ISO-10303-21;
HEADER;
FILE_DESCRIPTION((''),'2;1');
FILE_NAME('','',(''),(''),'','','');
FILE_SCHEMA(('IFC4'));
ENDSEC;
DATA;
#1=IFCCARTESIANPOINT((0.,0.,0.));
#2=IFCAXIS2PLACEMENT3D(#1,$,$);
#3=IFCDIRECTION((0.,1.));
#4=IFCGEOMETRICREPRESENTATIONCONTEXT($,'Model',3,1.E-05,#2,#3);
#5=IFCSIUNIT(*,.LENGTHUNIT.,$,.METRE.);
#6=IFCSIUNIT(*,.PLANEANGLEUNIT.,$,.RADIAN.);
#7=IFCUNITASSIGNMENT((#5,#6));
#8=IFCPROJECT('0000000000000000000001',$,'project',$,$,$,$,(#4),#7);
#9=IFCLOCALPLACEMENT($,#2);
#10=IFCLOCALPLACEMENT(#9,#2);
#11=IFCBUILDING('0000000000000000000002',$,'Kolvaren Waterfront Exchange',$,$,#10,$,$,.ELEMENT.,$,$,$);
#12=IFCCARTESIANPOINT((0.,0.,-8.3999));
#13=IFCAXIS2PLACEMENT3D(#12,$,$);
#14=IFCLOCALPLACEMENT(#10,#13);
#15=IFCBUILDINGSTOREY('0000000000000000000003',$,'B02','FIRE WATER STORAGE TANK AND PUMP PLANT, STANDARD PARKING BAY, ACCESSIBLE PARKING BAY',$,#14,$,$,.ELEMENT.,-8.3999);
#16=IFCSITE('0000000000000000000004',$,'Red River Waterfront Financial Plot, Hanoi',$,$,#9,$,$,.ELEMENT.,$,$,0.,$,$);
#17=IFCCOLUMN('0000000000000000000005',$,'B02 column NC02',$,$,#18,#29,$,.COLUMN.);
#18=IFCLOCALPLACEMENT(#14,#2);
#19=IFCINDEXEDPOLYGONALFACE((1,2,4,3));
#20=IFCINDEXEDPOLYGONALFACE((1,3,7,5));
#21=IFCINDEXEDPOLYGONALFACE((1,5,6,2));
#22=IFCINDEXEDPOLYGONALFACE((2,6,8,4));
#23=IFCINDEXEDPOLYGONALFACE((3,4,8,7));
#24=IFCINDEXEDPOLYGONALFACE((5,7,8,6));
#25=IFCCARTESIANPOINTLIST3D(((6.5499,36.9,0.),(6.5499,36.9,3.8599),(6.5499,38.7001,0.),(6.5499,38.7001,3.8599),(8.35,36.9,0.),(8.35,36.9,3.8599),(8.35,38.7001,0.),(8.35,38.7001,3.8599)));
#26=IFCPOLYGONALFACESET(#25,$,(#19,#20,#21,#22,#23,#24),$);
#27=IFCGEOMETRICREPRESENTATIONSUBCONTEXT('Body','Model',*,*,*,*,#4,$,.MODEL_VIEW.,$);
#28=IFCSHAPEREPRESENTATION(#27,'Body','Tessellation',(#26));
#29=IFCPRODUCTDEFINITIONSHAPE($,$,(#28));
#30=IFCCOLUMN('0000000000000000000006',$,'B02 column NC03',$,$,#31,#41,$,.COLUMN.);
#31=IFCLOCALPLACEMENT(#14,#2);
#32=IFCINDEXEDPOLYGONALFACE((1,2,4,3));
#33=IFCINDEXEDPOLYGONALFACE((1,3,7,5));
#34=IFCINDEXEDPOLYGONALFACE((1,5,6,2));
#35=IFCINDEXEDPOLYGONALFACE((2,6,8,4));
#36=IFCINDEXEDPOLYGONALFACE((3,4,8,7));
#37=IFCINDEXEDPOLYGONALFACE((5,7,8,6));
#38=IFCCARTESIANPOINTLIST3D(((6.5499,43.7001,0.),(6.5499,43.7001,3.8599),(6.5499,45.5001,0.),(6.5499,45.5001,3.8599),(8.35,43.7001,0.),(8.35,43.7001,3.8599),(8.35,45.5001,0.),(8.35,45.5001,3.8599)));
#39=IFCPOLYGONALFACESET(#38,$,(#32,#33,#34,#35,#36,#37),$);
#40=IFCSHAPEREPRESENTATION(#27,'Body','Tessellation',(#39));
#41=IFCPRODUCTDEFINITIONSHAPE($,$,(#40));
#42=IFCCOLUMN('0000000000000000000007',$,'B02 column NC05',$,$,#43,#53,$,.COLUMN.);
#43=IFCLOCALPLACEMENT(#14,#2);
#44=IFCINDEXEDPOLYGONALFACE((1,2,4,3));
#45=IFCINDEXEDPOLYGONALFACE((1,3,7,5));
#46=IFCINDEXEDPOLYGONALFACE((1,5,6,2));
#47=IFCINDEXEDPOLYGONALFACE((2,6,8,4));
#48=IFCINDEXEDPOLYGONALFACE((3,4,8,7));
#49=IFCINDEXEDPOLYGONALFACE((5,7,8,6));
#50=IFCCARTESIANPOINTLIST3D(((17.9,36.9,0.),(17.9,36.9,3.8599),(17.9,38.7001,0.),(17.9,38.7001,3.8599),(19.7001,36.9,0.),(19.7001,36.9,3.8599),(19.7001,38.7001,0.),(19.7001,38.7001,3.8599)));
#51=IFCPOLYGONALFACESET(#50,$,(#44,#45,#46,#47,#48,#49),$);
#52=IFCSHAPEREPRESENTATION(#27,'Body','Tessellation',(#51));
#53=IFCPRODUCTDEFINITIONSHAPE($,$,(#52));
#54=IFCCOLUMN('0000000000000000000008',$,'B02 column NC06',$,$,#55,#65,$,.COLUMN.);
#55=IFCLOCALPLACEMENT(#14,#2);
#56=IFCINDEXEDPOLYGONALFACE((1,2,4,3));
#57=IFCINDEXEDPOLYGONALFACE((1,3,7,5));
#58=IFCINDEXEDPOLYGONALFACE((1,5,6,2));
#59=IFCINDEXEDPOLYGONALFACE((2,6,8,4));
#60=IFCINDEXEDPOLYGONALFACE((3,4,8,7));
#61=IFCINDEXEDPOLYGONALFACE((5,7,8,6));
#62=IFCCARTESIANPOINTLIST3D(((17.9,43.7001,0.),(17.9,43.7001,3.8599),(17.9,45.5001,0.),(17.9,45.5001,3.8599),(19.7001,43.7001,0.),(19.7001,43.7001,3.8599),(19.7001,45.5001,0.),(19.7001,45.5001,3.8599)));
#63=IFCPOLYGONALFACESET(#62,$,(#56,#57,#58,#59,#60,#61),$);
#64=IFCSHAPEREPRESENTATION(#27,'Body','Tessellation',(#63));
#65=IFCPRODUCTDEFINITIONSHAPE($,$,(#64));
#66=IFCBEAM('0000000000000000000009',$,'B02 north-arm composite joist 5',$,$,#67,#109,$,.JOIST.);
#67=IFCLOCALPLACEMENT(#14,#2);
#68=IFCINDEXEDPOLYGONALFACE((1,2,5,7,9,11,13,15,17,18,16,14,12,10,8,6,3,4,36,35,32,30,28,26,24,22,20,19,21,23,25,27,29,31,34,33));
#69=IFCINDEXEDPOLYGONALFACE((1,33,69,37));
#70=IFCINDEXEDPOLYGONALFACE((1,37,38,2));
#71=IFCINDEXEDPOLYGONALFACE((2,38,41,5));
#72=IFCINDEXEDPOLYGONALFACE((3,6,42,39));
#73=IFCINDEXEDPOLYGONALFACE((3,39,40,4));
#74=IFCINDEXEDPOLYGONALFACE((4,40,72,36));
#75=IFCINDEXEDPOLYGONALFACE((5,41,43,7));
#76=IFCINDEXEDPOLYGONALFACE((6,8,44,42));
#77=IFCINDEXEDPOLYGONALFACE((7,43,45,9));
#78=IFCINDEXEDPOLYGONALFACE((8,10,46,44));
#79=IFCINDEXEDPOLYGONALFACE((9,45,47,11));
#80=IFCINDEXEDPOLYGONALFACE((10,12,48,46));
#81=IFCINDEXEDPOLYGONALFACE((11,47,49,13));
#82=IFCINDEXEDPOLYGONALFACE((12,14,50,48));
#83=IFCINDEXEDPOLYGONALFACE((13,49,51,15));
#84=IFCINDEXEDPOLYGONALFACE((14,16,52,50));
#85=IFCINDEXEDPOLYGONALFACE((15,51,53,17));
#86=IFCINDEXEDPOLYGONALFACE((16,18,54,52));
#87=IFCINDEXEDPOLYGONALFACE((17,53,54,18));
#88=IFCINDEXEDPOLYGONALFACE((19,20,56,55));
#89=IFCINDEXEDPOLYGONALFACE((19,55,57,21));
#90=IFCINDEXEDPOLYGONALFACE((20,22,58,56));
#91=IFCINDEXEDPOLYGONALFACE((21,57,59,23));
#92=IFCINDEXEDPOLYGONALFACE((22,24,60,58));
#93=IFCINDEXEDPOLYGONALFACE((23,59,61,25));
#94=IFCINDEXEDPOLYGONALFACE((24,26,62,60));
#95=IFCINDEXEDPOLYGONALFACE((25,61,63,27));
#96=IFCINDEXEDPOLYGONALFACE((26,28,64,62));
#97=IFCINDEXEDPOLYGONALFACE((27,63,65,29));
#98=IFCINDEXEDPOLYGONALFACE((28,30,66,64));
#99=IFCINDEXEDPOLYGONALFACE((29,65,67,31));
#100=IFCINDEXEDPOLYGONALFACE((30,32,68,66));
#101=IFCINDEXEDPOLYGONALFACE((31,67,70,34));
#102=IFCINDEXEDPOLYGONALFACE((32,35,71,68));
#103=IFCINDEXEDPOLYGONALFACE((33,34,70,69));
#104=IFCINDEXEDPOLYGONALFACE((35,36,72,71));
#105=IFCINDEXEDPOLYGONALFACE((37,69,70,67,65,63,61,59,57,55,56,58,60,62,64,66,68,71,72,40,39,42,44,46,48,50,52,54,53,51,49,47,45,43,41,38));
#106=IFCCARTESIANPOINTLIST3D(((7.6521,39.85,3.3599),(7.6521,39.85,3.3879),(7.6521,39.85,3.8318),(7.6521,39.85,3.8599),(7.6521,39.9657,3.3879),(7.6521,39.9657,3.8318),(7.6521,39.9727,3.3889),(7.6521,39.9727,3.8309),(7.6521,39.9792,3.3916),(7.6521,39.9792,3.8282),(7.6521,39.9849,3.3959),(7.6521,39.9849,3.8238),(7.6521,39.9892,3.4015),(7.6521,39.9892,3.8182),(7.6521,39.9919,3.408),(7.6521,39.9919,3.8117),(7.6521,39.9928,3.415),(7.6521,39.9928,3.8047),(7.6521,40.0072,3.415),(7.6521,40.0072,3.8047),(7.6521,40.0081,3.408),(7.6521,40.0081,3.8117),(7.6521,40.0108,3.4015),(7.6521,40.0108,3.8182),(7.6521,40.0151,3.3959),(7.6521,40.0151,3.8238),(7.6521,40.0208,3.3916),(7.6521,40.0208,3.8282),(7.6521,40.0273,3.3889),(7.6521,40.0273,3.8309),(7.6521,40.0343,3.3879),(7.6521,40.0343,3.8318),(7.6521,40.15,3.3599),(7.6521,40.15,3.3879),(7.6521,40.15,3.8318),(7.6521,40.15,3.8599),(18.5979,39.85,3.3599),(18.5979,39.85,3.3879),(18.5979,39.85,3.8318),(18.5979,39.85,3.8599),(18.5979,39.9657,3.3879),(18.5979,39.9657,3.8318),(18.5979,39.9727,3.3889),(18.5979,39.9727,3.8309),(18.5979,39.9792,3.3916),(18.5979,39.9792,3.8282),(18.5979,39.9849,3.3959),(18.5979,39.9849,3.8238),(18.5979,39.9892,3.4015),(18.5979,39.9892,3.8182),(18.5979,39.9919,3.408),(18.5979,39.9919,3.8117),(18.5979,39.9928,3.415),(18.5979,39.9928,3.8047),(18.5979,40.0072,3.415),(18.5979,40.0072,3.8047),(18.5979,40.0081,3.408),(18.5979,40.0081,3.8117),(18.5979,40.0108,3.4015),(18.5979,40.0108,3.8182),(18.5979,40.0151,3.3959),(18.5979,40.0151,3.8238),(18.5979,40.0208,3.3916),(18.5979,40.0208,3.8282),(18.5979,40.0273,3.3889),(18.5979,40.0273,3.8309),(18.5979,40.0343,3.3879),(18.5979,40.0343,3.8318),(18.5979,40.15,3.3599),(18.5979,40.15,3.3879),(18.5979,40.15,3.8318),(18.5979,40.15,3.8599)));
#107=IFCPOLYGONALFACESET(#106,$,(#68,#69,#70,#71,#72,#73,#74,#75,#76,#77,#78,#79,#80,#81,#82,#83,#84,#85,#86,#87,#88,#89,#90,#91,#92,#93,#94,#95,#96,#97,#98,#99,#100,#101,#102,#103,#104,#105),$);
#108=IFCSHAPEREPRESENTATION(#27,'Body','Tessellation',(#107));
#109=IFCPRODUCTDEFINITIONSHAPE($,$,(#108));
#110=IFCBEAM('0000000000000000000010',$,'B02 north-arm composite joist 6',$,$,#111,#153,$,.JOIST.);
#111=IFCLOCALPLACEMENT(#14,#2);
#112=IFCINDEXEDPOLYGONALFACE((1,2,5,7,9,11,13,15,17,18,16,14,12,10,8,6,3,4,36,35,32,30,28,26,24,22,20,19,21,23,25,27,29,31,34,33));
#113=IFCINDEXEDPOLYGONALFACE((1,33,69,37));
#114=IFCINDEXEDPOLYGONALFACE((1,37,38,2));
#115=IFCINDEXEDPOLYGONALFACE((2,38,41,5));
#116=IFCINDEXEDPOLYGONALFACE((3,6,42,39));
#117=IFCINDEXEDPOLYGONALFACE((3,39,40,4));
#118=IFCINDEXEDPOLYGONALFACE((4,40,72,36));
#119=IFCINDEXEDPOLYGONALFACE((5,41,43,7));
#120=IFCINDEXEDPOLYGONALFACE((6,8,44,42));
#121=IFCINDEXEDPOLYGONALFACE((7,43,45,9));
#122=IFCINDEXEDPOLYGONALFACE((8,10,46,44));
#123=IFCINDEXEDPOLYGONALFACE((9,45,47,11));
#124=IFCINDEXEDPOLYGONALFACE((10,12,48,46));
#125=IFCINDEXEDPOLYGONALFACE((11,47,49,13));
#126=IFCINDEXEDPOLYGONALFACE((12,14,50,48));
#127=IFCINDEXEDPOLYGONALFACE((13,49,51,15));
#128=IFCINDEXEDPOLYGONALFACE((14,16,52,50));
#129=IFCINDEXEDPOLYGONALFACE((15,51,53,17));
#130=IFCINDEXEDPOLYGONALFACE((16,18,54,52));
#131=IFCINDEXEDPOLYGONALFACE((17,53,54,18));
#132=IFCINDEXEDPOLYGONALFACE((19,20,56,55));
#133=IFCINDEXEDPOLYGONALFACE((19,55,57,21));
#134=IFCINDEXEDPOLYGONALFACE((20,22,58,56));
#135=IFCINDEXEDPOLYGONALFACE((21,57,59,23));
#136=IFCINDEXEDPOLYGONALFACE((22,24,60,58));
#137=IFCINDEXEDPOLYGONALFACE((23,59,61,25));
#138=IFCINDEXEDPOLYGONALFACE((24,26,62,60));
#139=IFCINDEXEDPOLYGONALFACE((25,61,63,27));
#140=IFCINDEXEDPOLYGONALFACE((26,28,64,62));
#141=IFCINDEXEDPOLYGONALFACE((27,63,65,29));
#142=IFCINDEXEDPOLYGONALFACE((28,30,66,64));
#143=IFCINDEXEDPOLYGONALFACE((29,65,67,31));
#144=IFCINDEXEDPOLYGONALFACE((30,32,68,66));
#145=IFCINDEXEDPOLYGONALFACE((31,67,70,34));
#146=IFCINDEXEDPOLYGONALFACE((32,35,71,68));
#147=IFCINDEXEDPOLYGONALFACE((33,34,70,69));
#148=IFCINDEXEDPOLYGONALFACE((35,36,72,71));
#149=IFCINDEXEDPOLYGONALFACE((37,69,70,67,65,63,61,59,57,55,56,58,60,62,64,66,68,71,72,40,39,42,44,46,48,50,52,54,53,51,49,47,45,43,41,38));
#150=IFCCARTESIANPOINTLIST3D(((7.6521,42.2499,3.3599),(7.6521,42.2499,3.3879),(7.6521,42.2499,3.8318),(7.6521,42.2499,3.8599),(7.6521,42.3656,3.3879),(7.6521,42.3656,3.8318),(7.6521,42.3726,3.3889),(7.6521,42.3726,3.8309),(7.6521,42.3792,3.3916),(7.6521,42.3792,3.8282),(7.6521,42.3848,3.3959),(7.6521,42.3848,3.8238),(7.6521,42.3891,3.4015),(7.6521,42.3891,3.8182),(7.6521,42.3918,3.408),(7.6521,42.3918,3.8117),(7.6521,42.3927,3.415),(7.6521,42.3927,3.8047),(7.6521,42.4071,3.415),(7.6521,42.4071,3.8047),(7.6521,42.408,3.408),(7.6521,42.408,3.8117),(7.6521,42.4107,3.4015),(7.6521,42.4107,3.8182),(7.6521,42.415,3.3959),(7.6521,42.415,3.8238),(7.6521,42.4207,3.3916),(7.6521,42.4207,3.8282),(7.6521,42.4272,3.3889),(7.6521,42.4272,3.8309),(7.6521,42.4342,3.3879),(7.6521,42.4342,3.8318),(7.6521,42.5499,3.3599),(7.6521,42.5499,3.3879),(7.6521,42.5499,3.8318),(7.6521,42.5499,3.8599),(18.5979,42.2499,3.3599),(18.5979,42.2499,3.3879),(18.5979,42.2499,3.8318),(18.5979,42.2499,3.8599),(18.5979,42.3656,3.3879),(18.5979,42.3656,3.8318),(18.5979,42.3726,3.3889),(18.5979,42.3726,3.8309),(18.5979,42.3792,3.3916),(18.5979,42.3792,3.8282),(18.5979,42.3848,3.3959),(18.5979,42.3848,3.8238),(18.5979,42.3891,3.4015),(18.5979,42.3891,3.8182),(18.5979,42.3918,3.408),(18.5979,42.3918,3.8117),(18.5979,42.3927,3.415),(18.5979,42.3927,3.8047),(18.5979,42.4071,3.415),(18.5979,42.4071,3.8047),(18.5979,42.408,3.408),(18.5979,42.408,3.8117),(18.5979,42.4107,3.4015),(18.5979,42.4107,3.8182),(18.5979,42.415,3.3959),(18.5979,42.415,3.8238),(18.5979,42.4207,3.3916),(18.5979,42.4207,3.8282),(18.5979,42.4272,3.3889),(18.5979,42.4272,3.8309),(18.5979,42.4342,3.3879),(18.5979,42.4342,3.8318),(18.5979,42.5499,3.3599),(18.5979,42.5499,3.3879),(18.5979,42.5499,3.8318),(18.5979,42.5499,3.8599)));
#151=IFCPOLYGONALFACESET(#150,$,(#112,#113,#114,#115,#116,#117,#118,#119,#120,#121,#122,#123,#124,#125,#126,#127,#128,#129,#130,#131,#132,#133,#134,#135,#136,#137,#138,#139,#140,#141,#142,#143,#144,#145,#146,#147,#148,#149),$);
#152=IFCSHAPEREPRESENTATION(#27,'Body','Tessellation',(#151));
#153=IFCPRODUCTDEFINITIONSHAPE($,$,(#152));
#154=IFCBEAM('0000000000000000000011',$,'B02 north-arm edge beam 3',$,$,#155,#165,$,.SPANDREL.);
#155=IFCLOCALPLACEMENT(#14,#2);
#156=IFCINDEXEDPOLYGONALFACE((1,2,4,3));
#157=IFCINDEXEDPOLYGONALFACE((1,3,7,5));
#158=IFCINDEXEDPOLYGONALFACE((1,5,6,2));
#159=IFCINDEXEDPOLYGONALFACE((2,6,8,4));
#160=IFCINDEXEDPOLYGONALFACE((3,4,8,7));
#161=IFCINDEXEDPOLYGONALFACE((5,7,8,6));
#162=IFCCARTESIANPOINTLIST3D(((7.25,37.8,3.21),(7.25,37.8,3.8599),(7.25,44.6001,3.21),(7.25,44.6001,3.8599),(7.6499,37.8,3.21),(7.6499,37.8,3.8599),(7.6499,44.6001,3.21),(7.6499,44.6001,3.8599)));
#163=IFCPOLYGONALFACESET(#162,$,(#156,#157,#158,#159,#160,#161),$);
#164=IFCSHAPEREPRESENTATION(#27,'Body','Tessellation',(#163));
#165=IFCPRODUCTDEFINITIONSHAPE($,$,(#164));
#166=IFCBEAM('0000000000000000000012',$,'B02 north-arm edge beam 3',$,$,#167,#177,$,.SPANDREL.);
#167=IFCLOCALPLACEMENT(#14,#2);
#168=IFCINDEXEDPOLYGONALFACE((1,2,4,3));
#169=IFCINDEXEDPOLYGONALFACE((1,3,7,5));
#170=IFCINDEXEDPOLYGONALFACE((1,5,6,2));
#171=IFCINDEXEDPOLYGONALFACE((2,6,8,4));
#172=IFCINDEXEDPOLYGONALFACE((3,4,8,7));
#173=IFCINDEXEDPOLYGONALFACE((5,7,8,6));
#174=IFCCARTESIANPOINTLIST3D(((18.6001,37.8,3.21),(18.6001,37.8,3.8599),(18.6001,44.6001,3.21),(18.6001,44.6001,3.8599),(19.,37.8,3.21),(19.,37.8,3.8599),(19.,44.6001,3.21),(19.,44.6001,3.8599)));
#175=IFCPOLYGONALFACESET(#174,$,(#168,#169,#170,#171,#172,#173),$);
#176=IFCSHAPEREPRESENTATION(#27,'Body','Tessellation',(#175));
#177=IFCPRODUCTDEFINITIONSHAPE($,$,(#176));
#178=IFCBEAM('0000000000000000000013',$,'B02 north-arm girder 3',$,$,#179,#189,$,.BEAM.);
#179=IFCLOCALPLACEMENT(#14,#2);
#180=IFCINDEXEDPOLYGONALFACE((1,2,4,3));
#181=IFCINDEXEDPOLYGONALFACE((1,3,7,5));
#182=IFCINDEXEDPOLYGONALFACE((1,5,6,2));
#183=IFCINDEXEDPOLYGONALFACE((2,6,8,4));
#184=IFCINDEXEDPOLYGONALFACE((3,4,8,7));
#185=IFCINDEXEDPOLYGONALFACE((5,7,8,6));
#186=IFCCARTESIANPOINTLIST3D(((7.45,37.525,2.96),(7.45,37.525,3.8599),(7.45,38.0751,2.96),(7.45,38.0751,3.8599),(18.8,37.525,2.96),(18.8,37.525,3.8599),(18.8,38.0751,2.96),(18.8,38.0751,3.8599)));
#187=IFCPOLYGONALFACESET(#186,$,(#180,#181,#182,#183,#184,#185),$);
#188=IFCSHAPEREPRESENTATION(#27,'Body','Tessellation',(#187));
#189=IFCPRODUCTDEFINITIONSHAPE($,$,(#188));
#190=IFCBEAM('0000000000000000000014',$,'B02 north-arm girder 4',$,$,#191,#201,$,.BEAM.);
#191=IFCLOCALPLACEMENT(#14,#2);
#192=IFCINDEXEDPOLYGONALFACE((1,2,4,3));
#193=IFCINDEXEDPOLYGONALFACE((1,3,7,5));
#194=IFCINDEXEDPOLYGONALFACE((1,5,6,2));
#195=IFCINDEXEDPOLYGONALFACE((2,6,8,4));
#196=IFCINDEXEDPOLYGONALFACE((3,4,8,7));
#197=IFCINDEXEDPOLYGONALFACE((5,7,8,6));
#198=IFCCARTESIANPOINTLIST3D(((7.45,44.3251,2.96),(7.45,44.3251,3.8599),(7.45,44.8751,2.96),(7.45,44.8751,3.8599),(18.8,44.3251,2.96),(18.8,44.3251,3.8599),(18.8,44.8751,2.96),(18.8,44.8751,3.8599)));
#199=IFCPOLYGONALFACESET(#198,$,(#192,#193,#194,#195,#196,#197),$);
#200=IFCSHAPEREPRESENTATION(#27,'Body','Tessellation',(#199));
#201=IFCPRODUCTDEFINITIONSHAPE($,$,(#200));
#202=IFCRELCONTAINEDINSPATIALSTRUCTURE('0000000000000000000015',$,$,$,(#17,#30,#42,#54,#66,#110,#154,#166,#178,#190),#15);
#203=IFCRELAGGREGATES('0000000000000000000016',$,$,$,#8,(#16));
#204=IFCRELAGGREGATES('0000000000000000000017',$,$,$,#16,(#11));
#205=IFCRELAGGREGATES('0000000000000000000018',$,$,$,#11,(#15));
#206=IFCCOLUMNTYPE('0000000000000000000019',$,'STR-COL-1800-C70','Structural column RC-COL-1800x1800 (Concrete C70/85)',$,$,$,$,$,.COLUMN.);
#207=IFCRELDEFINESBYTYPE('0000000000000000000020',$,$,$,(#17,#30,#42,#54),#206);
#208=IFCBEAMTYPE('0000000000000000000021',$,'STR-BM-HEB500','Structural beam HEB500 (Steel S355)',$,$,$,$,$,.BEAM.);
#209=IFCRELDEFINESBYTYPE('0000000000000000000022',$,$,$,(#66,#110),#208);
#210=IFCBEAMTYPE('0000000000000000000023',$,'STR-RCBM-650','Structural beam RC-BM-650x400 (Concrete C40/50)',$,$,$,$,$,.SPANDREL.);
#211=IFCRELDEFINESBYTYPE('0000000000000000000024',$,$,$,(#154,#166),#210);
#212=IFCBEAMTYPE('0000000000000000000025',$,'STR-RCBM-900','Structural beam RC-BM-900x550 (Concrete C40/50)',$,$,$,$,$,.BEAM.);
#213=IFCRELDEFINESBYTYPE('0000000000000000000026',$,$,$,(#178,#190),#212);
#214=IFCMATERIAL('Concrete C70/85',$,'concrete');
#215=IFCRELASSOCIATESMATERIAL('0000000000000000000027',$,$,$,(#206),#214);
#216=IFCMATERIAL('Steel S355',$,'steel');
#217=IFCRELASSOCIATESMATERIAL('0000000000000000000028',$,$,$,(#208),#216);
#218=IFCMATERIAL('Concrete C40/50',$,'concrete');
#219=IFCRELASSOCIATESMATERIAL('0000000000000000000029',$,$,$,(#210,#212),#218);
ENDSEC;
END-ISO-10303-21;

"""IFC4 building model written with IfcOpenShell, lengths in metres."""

from ifc_helpers import new_model, si_unit, direction, frame, origin, origin_2d, place, context, subcontext, project, spatial, rectangle, i_section, extrude, material, material_profile, profile_set, type_object, element, save


model = new_model("IFC4")

# Units and contexts
model_context = context("Model", 3, precision=1e-05, world=origin(), true_north=direction((0.0, 1.0)))
body_context = subcontext(model_context, "Body", "Model", "MODEL_VIEW")
ifc_project = project(units=[si_unit("LENGTHUNIT", "METRE"), si_unit("PLANEANGLEUNIT", "RADIAN")], contexts=[model_context])

# Site, building, storey
site_placement = place(None, origin())
site = spatial("IfcSite", under=ifc_project, at=site_placement, Name="Red River Waterfront Financial Plot, Hanoi", CompositionType="ELEMENT", RefElevation=0.0)
building_placement = place(site_placement, origin())
building = spatial("IfcBuilding", under=site, at=building_placement, Name="Kolvaren Waterfront Exchange", CompositionType="ELEMENT")
storey_placement = place(building_placement, frame((0.0, 0.0, -8.3999)))
storey = spatial("IfcBuildingStorey", under=building, at=storey_placement, Name="B02", Description="FIRE WATER STORAGE TANK AND PUMP PLANT, STANDARD PARKING BAY, ACCESSIBLE PARKING BAY", CompositionType="ELEMENT", Elevation=-8.3999)

# Columns
ifc_material_1 = material(Name="Concrete C70/85", Category="concrete")
ifc_material_profile_1 = material_profile(ifc_material_1, rectangle(XDim=1.8, YDim=1.8, at=origin_2d()), Name="RC-COL-1800x1800")
ifc_profile_set_1 = profile_set([ifc_material_profile_1], Name="Concrete C70/85")
column_type_1 = type_object("IfcColumnType", Name="STR-COL-1800-C70", Description="Structural column RC-COL-1800x1800 (Concrete C70/85)", PredefinedType="COLUMN", material=ifc_profile_set_1)
for number, where, z_axis, x_axis, name in (
    (1, (7.45, 37.8, 0.0), (0.0, 0.0, 1.0), (1.0, 0.0, 0.0), "B02 column NC02"),
    (2, (7.45, 44.6001, 0.0), (0.0, 0.0, 1.0), (1.0, 0.0, 0.0), "B02 column NC03"),
    (3, (18.8, 37.8, 0.0), (0.0, 0.0, 1.0), (1.0, 0.0, 0.0), "B02 column NC05"),
    (4, (18.8, 44.6001, 0.0), (0.0, 0.0, 1.0), (1.0, 0.0, 0.0), "B02 column NC06"),
):
    element("IfcColumn", number, at=place(storey_placement, frame(where, z_axis=z_axis, x_axis=x_axis)), inside=storey, type_object=column_type_1, Name=name, PredefinedType="COLUMN", context=body_context, shape_type="SweptSolid", body=[
        extrude(rectangle(XDim=1.8, YDim=1.8, at=origin_2d()), origin(), (0.0, 0.0, 1.0), 3.8599),
    ])

# Beams
ifc_material_2 = material(Name="Steel S355", Category="steel")
ifc_material_profile_2 = material_profile(ifc_material_2, i_section(OverallWidth=0.3, OverallDepth=0.5, WebThickness=0.0144, FlangeThickness=0.0281, FilletRadius=0.0271, at=origin_2d()), Name="HEB500")
ifc_profile_set_2 = profile_set([ifc_material_profile_2], Name="Steel S355")
beam_type_1 = type_object("IfcBeamType", Name="STR-BM-HEB500", Description="Structural beam HEB500 (Steel S355)", PredefinedType="BEAM", material=ifc_profile_set_2)
for number, where, z_axis, x_axis, name in (
    (5, (7.6521, 40.0, 3.6099), (1.0, 0.0, 0.0), (0.0, 1.0, 0.0), "B02 north-arm composite joist 5"),
    (6, (7.6521, 42.3999, 3.6099), (1.0, 0.0, 0.0), (0.0, 1.0, 0.0), "B02 north-arm composite joist 6"),
):
    element("IfcBeam", number, at=place(storey_placement, frame(where, z_axis=z_axis, x_axis=x_axis)), inside=storey, type_object=beam_type_1, Name=name, PredefinedType="JOIST", context=body_context, shape_type="SweptSolid", body=[
        extrude(i_section(OverallWidth=0.3, OverallDepth=0.5, WebThickness=0.0144, FlangeThickness=0.0281, FilletRadius=0.0271, at=origin_2d()), origin(), (0.0, 0.0, 1.0), 10.9458),
    ])
ifc_material_3 = material(Name="Concrete C40/50", Category="concrete")
ifc_material_profile_3 = material_profile(ifc_material_3, rectangle(XDim=0.3999, YDim=0.6499, at=origin_2d()), Name="RC-BM-650x400")
ifc_profile_set_3 = profile_set([ifc_material_profile_3], Name="Concrete C40/50")
beam_type_2 = type_object("IfcBeamType", Name="STR-RCBM-650", Description="Structural beam RC-BM-650x400 (Concrete C40/50)", PredefinedType="SPANDREL", material=ifc_profile_set_3)
for number, where, z_axis, x_axis, name in (
    (7, (7.45, 37.8, 3.5349), (0.0, 1.0, 0.0), (-1.0, 0.0, 0.0), "B02 north-arm edge beam 3"),
    (8, (18.8, 37.8, 3.5349), (0.0, 1.0, 0.0), (-1.0, 0.0, 0.0), "B02 north-arm edge beam 3"),
):
    element("IfcBeam", number, at=place(storey_placement, frame(where, z_axis=z_axis, x_axis=x_axis)), inside=storey, type_object=beam_type_2, Name=name, PredefinedType="SPANDREL", context=body_context, shape_type="SweptSolid", body=[
        extrude(rectangle(XDim=0.3999, YDim=0.6499, at=origin_2d()), origin(), (0.0, 0.0, 1.0), 6.8),
    ])
ifc_material_profile_4 = material_profile(ifc_material_3, rectangle(XDim=0.55, YDim=0.8999, at=origin_2d()), Name="RC-BM-900x550")
ifc_profile_set_4 = profile_set([ifc_material_profile_4], Name="Concrete C40/50")
beam_type_3 = type_object("IfcBeamType", Name="STR-RCBM-900", Description="Structural beam RC-BM-900x550 (Concrete C40/50)", PredefinedType="BEAM", material=ifc_profile_set_4)
for number, where, z_axis, x_axis, name in (
    (9, (7.45, 37.8, 3.4099), (1.0, 0.0, 0.0), (0.0, 1.0, 0.0), "B02 north-arm girder 3"),
    (10, (7.45, 44.6001, 3.4099), (1.0, 0.0, 0.0), (0.0, 1.0, 0.0), "B02 north-arm girder 4"),
):
    element("IfcBeam", number, at=place(storey_placement, frame(where, z_axis=z_axis, x_axis=x_axis)), inside=storey, type_object=beam_type_3, Name=name, PredefinedType="BEAM", context=body_context, shape_type="SweptSolid", body=[
        extrude(rectangle(XDim=0.55, YDim=0.8999, at=origin_2d()), origin(), (0.0, 0.0, 1.0), 11.3501),
    ])

save(model, "model.ifc")
